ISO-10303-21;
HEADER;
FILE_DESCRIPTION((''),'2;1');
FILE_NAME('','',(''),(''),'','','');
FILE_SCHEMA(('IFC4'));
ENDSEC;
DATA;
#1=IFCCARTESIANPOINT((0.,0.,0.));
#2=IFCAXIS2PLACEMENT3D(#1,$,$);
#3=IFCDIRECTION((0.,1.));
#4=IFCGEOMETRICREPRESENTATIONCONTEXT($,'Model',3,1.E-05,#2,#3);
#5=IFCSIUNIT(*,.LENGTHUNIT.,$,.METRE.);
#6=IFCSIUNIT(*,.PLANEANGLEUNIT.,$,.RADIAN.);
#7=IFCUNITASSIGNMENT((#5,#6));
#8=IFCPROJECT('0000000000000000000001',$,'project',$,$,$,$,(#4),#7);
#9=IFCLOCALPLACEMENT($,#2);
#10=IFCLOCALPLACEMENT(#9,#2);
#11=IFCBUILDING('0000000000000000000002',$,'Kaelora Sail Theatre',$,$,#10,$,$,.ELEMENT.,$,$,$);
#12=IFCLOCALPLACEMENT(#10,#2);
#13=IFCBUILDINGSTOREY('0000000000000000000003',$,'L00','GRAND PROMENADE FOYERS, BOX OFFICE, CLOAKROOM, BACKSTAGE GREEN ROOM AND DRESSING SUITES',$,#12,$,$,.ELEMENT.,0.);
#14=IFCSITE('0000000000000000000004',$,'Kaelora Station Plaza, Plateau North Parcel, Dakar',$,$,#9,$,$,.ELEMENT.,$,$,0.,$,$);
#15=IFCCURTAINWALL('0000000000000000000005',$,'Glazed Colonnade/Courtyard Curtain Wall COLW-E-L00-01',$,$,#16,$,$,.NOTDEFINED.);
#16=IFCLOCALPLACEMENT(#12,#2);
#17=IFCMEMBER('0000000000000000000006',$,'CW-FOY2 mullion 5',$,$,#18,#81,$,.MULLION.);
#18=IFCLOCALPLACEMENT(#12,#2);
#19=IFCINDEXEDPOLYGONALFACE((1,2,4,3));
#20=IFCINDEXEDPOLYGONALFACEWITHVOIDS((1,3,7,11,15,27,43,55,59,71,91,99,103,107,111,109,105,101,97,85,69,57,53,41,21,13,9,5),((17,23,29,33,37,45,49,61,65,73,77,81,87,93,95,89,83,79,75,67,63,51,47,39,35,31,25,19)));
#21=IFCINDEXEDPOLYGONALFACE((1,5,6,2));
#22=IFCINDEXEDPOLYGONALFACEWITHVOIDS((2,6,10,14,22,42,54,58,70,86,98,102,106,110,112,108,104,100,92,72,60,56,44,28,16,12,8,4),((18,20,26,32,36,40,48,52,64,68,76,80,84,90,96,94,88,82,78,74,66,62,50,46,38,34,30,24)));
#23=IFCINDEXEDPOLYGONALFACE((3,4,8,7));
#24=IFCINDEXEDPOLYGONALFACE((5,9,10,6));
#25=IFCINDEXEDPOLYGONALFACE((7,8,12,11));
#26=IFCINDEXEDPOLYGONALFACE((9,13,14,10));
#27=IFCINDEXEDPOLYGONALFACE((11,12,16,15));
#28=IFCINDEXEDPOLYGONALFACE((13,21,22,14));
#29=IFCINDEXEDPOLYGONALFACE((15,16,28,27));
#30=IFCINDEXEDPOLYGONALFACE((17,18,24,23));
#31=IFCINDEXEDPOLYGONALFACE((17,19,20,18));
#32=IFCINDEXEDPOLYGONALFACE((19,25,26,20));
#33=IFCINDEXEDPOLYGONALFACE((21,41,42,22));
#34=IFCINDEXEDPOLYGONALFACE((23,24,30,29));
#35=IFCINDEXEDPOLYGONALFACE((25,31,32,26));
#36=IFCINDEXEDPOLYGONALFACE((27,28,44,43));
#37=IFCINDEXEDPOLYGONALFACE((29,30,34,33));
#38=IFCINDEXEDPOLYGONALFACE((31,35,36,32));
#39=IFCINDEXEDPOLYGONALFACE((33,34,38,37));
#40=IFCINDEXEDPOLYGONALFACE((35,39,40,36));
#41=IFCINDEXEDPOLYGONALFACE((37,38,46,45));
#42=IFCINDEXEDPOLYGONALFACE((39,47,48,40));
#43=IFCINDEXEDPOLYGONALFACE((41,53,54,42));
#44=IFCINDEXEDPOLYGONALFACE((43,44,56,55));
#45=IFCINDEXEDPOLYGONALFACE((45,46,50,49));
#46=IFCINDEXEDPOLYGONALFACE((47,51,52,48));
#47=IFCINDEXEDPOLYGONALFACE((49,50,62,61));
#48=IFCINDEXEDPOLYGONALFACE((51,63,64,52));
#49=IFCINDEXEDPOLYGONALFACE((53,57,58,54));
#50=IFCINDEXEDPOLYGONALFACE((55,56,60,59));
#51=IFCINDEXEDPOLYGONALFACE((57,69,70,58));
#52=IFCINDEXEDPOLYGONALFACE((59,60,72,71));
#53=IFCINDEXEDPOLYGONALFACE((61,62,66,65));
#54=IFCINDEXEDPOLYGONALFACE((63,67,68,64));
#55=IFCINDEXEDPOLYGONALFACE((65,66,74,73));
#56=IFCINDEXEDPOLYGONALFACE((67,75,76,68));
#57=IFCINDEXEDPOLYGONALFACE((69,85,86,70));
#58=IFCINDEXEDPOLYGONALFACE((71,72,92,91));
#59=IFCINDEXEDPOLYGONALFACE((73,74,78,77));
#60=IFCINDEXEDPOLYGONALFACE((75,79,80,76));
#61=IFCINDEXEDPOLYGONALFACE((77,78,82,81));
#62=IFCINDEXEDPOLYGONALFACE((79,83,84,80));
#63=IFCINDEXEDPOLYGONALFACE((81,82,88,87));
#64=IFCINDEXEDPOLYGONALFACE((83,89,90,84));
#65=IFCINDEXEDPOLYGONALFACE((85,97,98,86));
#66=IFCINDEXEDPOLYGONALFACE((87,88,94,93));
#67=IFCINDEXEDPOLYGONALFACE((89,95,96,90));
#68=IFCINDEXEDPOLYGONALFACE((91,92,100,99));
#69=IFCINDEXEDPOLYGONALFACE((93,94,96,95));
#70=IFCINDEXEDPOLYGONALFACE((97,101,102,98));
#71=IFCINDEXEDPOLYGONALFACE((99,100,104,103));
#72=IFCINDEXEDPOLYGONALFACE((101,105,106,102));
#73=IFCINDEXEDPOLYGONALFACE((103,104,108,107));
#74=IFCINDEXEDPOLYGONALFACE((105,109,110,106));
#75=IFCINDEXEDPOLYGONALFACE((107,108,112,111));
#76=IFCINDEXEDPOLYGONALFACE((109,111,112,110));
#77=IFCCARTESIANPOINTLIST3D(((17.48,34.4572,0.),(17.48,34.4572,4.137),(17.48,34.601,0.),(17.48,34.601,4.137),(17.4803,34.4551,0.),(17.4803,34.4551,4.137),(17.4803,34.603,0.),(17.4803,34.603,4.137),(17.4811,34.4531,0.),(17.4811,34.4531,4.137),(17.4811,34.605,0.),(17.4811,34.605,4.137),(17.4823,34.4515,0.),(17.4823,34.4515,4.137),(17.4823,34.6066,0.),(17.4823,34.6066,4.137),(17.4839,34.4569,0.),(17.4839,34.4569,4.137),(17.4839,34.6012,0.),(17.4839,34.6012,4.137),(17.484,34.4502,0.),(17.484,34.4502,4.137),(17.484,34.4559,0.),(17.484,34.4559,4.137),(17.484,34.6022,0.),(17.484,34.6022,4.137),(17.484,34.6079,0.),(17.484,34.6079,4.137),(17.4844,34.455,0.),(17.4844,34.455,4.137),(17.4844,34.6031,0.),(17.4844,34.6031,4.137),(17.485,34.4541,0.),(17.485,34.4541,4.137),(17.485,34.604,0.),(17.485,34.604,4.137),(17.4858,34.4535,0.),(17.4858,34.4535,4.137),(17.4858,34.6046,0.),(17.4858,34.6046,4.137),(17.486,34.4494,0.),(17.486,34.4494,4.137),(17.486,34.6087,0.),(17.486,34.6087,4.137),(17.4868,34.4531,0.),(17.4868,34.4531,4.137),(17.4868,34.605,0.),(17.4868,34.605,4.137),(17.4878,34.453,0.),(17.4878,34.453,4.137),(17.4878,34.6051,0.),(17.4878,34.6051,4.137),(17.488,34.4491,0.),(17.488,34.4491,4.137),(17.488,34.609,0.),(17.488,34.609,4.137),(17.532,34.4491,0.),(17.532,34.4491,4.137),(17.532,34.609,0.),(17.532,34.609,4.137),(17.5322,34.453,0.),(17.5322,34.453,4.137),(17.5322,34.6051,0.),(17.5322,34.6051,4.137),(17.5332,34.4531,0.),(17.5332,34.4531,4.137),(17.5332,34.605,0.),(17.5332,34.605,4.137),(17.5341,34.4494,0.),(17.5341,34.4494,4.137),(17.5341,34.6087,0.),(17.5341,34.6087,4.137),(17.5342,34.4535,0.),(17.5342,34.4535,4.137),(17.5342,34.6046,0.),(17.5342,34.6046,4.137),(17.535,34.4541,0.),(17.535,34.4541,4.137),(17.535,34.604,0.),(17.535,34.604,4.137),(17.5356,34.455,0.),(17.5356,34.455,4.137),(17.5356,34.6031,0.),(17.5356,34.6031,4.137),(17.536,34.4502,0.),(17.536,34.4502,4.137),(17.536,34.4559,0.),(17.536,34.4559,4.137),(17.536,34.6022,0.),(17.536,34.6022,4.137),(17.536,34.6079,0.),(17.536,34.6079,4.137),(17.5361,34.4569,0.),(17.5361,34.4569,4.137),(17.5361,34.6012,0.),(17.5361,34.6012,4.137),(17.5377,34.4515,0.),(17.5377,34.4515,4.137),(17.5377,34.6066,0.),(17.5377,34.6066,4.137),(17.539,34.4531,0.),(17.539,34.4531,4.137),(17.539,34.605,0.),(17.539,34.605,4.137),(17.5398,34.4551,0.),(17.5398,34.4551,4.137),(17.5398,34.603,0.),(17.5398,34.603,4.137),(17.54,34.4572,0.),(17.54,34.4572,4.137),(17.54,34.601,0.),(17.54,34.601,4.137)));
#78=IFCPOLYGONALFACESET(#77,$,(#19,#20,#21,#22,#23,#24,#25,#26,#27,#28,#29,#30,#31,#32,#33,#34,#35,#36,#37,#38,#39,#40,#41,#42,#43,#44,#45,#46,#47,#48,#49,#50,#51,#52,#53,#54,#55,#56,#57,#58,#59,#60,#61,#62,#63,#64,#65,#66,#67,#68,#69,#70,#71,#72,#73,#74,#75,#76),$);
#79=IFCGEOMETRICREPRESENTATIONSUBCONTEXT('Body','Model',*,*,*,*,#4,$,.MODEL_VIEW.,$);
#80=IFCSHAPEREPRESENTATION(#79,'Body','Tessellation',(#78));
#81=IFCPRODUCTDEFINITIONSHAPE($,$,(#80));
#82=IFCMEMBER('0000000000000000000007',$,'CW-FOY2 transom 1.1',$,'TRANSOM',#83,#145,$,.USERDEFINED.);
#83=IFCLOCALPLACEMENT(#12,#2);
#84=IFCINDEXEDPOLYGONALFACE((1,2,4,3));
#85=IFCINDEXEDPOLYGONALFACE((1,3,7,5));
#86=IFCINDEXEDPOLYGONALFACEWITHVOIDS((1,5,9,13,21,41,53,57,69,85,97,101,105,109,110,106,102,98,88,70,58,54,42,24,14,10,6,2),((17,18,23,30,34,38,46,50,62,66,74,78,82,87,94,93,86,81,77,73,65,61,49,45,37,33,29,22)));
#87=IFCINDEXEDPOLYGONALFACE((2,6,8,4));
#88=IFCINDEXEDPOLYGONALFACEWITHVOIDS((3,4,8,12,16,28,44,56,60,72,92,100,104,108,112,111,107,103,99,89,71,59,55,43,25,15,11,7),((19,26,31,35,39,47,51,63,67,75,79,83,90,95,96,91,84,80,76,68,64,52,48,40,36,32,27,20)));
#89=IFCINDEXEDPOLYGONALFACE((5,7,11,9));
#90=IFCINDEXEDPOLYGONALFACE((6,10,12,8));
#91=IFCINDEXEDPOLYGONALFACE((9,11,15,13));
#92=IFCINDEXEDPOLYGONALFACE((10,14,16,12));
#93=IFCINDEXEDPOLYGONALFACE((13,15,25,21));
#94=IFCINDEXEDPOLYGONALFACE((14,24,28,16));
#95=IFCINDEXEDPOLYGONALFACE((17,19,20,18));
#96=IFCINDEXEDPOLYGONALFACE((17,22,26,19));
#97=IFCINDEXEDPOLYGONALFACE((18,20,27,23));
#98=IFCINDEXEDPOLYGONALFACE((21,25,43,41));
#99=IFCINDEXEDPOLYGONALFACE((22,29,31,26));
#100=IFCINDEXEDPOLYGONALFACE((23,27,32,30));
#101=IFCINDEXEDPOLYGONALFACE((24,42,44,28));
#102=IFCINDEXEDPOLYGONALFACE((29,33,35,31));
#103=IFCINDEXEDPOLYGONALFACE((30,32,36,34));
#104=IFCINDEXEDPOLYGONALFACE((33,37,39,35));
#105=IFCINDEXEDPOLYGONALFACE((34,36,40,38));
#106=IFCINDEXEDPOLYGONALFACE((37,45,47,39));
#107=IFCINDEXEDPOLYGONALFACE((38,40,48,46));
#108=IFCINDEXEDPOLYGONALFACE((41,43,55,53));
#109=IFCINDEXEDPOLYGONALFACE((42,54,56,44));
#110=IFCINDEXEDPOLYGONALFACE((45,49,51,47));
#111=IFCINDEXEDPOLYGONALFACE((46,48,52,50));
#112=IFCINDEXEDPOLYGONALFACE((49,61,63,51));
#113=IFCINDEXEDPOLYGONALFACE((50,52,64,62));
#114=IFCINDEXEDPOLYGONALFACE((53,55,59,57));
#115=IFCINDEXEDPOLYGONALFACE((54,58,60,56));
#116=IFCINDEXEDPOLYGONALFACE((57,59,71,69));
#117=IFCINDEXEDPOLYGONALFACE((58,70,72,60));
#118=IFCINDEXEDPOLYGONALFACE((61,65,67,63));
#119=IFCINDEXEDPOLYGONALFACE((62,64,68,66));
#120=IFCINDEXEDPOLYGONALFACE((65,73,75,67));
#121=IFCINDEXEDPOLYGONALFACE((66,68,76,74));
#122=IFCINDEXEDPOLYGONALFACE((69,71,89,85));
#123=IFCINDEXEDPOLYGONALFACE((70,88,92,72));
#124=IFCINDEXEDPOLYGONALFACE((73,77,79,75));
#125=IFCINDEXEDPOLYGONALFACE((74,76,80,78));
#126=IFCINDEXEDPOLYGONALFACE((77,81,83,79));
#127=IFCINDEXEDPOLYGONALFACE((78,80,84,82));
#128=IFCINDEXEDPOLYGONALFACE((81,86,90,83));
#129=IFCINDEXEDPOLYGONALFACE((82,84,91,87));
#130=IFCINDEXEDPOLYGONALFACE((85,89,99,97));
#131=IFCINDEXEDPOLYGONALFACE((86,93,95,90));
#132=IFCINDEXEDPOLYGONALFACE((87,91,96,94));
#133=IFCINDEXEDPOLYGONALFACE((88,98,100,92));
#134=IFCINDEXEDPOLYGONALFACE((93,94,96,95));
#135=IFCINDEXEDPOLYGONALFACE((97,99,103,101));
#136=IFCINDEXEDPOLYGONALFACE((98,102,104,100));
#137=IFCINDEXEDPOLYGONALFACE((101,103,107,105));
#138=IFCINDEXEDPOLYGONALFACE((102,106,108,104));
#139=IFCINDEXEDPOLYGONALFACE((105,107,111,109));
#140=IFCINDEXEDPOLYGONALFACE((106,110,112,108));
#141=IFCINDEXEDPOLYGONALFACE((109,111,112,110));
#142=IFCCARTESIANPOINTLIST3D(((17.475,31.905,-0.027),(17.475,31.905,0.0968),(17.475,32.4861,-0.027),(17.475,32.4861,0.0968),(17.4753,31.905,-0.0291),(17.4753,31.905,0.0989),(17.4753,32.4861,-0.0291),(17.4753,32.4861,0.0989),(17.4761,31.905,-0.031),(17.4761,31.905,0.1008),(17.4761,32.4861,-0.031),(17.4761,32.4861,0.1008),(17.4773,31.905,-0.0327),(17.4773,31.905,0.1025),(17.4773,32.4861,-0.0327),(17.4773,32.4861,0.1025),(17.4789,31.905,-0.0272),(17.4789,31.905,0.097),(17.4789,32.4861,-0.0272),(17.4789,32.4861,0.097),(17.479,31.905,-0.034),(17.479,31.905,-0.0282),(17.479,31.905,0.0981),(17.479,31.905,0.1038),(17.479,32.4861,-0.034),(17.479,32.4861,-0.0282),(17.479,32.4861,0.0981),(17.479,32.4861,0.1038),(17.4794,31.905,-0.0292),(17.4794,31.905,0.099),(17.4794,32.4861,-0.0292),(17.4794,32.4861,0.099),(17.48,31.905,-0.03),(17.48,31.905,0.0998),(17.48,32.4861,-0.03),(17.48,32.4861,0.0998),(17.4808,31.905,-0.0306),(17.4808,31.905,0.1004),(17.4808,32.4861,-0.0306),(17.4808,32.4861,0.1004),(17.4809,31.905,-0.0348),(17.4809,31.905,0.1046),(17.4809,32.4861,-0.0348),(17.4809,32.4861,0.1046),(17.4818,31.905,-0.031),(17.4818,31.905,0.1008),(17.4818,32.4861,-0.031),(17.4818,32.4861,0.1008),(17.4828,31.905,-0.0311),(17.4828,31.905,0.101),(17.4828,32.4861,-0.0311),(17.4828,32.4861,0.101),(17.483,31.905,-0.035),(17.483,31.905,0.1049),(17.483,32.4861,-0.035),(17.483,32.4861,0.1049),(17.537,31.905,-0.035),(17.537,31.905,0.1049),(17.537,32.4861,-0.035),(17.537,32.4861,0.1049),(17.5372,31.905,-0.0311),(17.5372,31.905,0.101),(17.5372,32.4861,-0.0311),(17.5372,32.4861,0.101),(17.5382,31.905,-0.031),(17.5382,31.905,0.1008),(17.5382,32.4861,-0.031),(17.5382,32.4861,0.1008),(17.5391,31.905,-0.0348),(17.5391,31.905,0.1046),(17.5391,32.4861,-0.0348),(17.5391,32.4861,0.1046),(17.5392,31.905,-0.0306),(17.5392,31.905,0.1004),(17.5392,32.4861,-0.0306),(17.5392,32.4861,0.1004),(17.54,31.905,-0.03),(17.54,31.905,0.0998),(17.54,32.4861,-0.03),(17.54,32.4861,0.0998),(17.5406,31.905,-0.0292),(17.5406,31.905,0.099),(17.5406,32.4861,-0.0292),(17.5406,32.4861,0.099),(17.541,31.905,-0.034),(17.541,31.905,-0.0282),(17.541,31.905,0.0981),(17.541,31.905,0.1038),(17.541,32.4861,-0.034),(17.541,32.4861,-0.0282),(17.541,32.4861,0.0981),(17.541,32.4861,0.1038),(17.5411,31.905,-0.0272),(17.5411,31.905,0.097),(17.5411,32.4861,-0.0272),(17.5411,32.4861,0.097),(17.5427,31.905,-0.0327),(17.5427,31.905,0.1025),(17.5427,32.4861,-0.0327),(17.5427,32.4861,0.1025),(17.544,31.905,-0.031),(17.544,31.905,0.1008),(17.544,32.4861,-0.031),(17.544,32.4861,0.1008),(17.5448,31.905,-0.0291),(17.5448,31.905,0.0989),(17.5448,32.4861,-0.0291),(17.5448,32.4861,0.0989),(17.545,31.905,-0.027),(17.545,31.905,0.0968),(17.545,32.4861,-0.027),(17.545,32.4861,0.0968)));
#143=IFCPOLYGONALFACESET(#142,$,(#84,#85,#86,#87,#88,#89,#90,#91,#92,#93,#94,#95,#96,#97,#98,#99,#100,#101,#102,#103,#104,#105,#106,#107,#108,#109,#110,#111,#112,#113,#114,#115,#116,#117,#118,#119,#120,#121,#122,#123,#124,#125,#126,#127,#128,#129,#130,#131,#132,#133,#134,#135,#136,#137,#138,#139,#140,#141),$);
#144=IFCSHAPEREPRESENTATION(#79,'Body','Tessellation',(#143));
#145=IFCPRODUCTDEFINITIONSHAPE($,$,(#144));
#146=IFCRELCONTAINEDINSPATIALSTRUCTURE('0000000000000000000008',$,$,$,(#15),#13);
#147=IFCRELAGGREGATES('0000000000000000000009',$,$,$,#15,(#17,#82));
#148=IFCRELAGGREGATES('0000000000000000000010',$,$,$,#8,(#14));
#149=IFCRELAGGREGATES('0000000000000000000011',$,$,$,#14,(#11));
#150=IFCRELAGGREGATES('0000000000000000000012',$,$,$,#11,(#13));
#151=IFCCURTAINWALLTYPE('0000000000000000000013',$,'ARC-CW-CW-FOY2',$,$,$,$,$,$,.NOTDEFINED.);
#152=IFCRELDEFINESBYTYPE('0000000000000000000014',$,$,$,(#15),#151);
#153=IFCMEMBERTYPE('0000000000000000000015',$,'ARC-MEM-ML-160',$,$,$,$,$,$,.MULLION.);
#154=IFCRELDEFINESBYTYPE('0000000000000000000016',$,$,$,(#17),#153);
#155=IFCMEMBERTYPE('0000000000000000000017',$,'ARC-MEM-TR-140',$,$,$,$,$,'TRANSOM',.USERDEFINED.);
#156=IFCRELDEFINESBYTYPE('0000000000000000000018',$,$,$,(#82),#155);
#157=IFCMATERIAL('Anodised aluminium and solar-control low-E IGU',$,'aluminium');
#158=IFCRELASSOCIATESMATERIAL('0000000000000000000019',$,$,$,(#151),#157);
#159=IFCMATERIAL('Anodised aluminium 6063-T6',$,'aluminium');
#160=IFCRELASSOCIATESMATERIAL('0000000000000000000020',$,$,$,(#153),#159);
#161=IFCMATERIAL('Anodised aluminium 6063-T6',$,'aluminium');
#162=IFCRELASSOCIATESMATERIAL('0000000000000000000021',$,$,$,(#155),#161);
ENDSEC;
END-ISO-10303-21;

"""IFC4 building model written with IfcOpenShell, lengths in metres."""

from ifc_helpers import new_model, si_unit, direction, frame, origin, origin_2d, place, context, subcontext, project, spatial, hollow_rectangle, extrude, material, material_profile, profile_set, type_object, element, aggregate, save


model = new_model("IFC4")

# Units and contexts
model_context = context("Model", 3, precision=1e-05, world=origin(), true_north=direction((0.0, 1.0)))
body_context = subcontext(model_context, "Body", "Model", "MODEL_VIEW")
ifc_project = project(units=[si_unit("LENGTHUNIT", "METRE"), si_unit("PLANEANGLEUNIT", "RADIAN")], contexts=[model_context])

# Site, building, storey
site_placement = place(None, origin())
site = spatial("IfcSite", under=ifc_project, at=site_placement, Name="Kaelora Station Plaza, Plateau North Parcel, Dakar", CompositionType="ELEMENT", RefElevation=0.0)
building_placement = place(site_placement, origin())
building = spatial("IfcBuilding", under=site, at=building_placement, Name="Kaelora Sail Theatre", CompositionType="ELEMENT")
storey_placement = place(building_placement, origin())
storey = spatial("IfcBuildingStorey", under=building, at=storey_placement, Name="L00", Description="GRAND PROMENADE FOYERS, BOX OFFICE, CLOAKROOM, BACKSTAGE GREEN ROOM AND DRESSING SUITES", CompositionType="ELEMENT", Elevation=0.0)

# Curtain wall, members
ifc_material_1 = material(Name="Anodised aluminium and solar-control low-E IGU", Category="aluminium")
curtain_wall_type = type_object("IfcCurtainWallType", Name="ARC-CW-CW-FOY2", PredefinedType="NOTDEFINED", material=ifc_material_1)
curtain_wall_placement = place(storey_placement, origin())
curtain_wall = element("IfcCurtainWall", 1, at=curtain_wall_placement, inside=storey, type_object=curtain_wall_type, Name="Glazed Colonnade/Courtyard Curtain Wall COLW-E-L00-01", PredefinedType="NOTDEFINED")
ifc_material_2 = material(Name="Anodised aluminium 6063-T6", Category="aluminium")
ifc_material_profile_1 = material_profile(ifc_material_2, hollow_rectangle(XDim=0.0601, YDim=0.1599, WallThickness=0.0039, InnerFilletRadius=0.0039, OuterFilletRadius=0.0081, at=origin_2d()), Name="ALU-MULL 60x160x4")
ifc_profile_set_1 = profile_set([ifc_material_profile_1], Name="Anodised aluminium 6063-T6")
member_type_1 = type_object("IfcMemberType", Name="ARC-MEM-ML-160", PredefinedType="MULLION", material=ifc_profile_set_1)
member_1_placement = place(storey_placement, frame((17.51, 34.5291, 0.0), z_axis=(0.0, 0.0, 1.0), x_axis=(-1.0, 0.0, 0.0)))
member_1 = element("IfcMember", 2, at=member_1_placement, type_object=member_type_1, Name="CW-FOY2 mullion 5", PredefinedType="MULLION", context=body_context, shape_type="SweptSolid", body=[
    extrude(hollow_rectangle(XDim=0.0601, YDim=0.1599, WallThickness=0.0039, InnerFilletRadius=0.0039, OuterFilletRadius=0.0081, at=origin_2d()), origin(), (0.0, 0.0, 1.0), 4.137),
])
ifc_material_3 = material(Name="Anodised aluminium 6063-T6", Category="aluminium")
ifc_material_profile_2 = material_profile(ifc_material_3, hollow_rectangle(XDim=0.0701, YDim=0.1399, WallThickness=0.0039, InnerFilletRadius=0.0039, OuterFilletRadius=0.0081, at=origin_2d()), Name="ALU-TRAN 70x140x4")
ifc_profile_set_2 = profile_set([ifc_material_profile_2], Name="Anodised aluminium 6063-T6")
member_type_2 = type_object("IfcMemberType", Name="ARC-MEM-TR-140", ElementType="TRANSOM", PredefinedType="USERDEFINED", material=ifc_profile_set_2)
member_2_placement = place(storey_placement, frame((17.51, 31.905, 0.0349), z_axis=(0.0, 1.0, 0.0), x_axis=(-1.0, 0.0, 0.0)))
member_2 = element("IfcMember", 3, at=member_2_placement, type_object=member_type_2, Name="CW-FOY2 transom 1.1", ObjectType="TRANSOM", PredefinedType="USERDEFINED", context=body_context, shape_type="SweptSolid", body=[
    extrude(hollow_rectangle(XDim=0.0701, YDim=0.1399, WallThickness=0.0039, InnerFilletRadius=0.0039, OuterFilletRadius=0.0081, at=origin_2d()), origin(), (0.0, 0.0, 1.0), 0.5811),
])
aggregate(curtain_wall, [member_1, member_2])

save(model, "model.ifc")
